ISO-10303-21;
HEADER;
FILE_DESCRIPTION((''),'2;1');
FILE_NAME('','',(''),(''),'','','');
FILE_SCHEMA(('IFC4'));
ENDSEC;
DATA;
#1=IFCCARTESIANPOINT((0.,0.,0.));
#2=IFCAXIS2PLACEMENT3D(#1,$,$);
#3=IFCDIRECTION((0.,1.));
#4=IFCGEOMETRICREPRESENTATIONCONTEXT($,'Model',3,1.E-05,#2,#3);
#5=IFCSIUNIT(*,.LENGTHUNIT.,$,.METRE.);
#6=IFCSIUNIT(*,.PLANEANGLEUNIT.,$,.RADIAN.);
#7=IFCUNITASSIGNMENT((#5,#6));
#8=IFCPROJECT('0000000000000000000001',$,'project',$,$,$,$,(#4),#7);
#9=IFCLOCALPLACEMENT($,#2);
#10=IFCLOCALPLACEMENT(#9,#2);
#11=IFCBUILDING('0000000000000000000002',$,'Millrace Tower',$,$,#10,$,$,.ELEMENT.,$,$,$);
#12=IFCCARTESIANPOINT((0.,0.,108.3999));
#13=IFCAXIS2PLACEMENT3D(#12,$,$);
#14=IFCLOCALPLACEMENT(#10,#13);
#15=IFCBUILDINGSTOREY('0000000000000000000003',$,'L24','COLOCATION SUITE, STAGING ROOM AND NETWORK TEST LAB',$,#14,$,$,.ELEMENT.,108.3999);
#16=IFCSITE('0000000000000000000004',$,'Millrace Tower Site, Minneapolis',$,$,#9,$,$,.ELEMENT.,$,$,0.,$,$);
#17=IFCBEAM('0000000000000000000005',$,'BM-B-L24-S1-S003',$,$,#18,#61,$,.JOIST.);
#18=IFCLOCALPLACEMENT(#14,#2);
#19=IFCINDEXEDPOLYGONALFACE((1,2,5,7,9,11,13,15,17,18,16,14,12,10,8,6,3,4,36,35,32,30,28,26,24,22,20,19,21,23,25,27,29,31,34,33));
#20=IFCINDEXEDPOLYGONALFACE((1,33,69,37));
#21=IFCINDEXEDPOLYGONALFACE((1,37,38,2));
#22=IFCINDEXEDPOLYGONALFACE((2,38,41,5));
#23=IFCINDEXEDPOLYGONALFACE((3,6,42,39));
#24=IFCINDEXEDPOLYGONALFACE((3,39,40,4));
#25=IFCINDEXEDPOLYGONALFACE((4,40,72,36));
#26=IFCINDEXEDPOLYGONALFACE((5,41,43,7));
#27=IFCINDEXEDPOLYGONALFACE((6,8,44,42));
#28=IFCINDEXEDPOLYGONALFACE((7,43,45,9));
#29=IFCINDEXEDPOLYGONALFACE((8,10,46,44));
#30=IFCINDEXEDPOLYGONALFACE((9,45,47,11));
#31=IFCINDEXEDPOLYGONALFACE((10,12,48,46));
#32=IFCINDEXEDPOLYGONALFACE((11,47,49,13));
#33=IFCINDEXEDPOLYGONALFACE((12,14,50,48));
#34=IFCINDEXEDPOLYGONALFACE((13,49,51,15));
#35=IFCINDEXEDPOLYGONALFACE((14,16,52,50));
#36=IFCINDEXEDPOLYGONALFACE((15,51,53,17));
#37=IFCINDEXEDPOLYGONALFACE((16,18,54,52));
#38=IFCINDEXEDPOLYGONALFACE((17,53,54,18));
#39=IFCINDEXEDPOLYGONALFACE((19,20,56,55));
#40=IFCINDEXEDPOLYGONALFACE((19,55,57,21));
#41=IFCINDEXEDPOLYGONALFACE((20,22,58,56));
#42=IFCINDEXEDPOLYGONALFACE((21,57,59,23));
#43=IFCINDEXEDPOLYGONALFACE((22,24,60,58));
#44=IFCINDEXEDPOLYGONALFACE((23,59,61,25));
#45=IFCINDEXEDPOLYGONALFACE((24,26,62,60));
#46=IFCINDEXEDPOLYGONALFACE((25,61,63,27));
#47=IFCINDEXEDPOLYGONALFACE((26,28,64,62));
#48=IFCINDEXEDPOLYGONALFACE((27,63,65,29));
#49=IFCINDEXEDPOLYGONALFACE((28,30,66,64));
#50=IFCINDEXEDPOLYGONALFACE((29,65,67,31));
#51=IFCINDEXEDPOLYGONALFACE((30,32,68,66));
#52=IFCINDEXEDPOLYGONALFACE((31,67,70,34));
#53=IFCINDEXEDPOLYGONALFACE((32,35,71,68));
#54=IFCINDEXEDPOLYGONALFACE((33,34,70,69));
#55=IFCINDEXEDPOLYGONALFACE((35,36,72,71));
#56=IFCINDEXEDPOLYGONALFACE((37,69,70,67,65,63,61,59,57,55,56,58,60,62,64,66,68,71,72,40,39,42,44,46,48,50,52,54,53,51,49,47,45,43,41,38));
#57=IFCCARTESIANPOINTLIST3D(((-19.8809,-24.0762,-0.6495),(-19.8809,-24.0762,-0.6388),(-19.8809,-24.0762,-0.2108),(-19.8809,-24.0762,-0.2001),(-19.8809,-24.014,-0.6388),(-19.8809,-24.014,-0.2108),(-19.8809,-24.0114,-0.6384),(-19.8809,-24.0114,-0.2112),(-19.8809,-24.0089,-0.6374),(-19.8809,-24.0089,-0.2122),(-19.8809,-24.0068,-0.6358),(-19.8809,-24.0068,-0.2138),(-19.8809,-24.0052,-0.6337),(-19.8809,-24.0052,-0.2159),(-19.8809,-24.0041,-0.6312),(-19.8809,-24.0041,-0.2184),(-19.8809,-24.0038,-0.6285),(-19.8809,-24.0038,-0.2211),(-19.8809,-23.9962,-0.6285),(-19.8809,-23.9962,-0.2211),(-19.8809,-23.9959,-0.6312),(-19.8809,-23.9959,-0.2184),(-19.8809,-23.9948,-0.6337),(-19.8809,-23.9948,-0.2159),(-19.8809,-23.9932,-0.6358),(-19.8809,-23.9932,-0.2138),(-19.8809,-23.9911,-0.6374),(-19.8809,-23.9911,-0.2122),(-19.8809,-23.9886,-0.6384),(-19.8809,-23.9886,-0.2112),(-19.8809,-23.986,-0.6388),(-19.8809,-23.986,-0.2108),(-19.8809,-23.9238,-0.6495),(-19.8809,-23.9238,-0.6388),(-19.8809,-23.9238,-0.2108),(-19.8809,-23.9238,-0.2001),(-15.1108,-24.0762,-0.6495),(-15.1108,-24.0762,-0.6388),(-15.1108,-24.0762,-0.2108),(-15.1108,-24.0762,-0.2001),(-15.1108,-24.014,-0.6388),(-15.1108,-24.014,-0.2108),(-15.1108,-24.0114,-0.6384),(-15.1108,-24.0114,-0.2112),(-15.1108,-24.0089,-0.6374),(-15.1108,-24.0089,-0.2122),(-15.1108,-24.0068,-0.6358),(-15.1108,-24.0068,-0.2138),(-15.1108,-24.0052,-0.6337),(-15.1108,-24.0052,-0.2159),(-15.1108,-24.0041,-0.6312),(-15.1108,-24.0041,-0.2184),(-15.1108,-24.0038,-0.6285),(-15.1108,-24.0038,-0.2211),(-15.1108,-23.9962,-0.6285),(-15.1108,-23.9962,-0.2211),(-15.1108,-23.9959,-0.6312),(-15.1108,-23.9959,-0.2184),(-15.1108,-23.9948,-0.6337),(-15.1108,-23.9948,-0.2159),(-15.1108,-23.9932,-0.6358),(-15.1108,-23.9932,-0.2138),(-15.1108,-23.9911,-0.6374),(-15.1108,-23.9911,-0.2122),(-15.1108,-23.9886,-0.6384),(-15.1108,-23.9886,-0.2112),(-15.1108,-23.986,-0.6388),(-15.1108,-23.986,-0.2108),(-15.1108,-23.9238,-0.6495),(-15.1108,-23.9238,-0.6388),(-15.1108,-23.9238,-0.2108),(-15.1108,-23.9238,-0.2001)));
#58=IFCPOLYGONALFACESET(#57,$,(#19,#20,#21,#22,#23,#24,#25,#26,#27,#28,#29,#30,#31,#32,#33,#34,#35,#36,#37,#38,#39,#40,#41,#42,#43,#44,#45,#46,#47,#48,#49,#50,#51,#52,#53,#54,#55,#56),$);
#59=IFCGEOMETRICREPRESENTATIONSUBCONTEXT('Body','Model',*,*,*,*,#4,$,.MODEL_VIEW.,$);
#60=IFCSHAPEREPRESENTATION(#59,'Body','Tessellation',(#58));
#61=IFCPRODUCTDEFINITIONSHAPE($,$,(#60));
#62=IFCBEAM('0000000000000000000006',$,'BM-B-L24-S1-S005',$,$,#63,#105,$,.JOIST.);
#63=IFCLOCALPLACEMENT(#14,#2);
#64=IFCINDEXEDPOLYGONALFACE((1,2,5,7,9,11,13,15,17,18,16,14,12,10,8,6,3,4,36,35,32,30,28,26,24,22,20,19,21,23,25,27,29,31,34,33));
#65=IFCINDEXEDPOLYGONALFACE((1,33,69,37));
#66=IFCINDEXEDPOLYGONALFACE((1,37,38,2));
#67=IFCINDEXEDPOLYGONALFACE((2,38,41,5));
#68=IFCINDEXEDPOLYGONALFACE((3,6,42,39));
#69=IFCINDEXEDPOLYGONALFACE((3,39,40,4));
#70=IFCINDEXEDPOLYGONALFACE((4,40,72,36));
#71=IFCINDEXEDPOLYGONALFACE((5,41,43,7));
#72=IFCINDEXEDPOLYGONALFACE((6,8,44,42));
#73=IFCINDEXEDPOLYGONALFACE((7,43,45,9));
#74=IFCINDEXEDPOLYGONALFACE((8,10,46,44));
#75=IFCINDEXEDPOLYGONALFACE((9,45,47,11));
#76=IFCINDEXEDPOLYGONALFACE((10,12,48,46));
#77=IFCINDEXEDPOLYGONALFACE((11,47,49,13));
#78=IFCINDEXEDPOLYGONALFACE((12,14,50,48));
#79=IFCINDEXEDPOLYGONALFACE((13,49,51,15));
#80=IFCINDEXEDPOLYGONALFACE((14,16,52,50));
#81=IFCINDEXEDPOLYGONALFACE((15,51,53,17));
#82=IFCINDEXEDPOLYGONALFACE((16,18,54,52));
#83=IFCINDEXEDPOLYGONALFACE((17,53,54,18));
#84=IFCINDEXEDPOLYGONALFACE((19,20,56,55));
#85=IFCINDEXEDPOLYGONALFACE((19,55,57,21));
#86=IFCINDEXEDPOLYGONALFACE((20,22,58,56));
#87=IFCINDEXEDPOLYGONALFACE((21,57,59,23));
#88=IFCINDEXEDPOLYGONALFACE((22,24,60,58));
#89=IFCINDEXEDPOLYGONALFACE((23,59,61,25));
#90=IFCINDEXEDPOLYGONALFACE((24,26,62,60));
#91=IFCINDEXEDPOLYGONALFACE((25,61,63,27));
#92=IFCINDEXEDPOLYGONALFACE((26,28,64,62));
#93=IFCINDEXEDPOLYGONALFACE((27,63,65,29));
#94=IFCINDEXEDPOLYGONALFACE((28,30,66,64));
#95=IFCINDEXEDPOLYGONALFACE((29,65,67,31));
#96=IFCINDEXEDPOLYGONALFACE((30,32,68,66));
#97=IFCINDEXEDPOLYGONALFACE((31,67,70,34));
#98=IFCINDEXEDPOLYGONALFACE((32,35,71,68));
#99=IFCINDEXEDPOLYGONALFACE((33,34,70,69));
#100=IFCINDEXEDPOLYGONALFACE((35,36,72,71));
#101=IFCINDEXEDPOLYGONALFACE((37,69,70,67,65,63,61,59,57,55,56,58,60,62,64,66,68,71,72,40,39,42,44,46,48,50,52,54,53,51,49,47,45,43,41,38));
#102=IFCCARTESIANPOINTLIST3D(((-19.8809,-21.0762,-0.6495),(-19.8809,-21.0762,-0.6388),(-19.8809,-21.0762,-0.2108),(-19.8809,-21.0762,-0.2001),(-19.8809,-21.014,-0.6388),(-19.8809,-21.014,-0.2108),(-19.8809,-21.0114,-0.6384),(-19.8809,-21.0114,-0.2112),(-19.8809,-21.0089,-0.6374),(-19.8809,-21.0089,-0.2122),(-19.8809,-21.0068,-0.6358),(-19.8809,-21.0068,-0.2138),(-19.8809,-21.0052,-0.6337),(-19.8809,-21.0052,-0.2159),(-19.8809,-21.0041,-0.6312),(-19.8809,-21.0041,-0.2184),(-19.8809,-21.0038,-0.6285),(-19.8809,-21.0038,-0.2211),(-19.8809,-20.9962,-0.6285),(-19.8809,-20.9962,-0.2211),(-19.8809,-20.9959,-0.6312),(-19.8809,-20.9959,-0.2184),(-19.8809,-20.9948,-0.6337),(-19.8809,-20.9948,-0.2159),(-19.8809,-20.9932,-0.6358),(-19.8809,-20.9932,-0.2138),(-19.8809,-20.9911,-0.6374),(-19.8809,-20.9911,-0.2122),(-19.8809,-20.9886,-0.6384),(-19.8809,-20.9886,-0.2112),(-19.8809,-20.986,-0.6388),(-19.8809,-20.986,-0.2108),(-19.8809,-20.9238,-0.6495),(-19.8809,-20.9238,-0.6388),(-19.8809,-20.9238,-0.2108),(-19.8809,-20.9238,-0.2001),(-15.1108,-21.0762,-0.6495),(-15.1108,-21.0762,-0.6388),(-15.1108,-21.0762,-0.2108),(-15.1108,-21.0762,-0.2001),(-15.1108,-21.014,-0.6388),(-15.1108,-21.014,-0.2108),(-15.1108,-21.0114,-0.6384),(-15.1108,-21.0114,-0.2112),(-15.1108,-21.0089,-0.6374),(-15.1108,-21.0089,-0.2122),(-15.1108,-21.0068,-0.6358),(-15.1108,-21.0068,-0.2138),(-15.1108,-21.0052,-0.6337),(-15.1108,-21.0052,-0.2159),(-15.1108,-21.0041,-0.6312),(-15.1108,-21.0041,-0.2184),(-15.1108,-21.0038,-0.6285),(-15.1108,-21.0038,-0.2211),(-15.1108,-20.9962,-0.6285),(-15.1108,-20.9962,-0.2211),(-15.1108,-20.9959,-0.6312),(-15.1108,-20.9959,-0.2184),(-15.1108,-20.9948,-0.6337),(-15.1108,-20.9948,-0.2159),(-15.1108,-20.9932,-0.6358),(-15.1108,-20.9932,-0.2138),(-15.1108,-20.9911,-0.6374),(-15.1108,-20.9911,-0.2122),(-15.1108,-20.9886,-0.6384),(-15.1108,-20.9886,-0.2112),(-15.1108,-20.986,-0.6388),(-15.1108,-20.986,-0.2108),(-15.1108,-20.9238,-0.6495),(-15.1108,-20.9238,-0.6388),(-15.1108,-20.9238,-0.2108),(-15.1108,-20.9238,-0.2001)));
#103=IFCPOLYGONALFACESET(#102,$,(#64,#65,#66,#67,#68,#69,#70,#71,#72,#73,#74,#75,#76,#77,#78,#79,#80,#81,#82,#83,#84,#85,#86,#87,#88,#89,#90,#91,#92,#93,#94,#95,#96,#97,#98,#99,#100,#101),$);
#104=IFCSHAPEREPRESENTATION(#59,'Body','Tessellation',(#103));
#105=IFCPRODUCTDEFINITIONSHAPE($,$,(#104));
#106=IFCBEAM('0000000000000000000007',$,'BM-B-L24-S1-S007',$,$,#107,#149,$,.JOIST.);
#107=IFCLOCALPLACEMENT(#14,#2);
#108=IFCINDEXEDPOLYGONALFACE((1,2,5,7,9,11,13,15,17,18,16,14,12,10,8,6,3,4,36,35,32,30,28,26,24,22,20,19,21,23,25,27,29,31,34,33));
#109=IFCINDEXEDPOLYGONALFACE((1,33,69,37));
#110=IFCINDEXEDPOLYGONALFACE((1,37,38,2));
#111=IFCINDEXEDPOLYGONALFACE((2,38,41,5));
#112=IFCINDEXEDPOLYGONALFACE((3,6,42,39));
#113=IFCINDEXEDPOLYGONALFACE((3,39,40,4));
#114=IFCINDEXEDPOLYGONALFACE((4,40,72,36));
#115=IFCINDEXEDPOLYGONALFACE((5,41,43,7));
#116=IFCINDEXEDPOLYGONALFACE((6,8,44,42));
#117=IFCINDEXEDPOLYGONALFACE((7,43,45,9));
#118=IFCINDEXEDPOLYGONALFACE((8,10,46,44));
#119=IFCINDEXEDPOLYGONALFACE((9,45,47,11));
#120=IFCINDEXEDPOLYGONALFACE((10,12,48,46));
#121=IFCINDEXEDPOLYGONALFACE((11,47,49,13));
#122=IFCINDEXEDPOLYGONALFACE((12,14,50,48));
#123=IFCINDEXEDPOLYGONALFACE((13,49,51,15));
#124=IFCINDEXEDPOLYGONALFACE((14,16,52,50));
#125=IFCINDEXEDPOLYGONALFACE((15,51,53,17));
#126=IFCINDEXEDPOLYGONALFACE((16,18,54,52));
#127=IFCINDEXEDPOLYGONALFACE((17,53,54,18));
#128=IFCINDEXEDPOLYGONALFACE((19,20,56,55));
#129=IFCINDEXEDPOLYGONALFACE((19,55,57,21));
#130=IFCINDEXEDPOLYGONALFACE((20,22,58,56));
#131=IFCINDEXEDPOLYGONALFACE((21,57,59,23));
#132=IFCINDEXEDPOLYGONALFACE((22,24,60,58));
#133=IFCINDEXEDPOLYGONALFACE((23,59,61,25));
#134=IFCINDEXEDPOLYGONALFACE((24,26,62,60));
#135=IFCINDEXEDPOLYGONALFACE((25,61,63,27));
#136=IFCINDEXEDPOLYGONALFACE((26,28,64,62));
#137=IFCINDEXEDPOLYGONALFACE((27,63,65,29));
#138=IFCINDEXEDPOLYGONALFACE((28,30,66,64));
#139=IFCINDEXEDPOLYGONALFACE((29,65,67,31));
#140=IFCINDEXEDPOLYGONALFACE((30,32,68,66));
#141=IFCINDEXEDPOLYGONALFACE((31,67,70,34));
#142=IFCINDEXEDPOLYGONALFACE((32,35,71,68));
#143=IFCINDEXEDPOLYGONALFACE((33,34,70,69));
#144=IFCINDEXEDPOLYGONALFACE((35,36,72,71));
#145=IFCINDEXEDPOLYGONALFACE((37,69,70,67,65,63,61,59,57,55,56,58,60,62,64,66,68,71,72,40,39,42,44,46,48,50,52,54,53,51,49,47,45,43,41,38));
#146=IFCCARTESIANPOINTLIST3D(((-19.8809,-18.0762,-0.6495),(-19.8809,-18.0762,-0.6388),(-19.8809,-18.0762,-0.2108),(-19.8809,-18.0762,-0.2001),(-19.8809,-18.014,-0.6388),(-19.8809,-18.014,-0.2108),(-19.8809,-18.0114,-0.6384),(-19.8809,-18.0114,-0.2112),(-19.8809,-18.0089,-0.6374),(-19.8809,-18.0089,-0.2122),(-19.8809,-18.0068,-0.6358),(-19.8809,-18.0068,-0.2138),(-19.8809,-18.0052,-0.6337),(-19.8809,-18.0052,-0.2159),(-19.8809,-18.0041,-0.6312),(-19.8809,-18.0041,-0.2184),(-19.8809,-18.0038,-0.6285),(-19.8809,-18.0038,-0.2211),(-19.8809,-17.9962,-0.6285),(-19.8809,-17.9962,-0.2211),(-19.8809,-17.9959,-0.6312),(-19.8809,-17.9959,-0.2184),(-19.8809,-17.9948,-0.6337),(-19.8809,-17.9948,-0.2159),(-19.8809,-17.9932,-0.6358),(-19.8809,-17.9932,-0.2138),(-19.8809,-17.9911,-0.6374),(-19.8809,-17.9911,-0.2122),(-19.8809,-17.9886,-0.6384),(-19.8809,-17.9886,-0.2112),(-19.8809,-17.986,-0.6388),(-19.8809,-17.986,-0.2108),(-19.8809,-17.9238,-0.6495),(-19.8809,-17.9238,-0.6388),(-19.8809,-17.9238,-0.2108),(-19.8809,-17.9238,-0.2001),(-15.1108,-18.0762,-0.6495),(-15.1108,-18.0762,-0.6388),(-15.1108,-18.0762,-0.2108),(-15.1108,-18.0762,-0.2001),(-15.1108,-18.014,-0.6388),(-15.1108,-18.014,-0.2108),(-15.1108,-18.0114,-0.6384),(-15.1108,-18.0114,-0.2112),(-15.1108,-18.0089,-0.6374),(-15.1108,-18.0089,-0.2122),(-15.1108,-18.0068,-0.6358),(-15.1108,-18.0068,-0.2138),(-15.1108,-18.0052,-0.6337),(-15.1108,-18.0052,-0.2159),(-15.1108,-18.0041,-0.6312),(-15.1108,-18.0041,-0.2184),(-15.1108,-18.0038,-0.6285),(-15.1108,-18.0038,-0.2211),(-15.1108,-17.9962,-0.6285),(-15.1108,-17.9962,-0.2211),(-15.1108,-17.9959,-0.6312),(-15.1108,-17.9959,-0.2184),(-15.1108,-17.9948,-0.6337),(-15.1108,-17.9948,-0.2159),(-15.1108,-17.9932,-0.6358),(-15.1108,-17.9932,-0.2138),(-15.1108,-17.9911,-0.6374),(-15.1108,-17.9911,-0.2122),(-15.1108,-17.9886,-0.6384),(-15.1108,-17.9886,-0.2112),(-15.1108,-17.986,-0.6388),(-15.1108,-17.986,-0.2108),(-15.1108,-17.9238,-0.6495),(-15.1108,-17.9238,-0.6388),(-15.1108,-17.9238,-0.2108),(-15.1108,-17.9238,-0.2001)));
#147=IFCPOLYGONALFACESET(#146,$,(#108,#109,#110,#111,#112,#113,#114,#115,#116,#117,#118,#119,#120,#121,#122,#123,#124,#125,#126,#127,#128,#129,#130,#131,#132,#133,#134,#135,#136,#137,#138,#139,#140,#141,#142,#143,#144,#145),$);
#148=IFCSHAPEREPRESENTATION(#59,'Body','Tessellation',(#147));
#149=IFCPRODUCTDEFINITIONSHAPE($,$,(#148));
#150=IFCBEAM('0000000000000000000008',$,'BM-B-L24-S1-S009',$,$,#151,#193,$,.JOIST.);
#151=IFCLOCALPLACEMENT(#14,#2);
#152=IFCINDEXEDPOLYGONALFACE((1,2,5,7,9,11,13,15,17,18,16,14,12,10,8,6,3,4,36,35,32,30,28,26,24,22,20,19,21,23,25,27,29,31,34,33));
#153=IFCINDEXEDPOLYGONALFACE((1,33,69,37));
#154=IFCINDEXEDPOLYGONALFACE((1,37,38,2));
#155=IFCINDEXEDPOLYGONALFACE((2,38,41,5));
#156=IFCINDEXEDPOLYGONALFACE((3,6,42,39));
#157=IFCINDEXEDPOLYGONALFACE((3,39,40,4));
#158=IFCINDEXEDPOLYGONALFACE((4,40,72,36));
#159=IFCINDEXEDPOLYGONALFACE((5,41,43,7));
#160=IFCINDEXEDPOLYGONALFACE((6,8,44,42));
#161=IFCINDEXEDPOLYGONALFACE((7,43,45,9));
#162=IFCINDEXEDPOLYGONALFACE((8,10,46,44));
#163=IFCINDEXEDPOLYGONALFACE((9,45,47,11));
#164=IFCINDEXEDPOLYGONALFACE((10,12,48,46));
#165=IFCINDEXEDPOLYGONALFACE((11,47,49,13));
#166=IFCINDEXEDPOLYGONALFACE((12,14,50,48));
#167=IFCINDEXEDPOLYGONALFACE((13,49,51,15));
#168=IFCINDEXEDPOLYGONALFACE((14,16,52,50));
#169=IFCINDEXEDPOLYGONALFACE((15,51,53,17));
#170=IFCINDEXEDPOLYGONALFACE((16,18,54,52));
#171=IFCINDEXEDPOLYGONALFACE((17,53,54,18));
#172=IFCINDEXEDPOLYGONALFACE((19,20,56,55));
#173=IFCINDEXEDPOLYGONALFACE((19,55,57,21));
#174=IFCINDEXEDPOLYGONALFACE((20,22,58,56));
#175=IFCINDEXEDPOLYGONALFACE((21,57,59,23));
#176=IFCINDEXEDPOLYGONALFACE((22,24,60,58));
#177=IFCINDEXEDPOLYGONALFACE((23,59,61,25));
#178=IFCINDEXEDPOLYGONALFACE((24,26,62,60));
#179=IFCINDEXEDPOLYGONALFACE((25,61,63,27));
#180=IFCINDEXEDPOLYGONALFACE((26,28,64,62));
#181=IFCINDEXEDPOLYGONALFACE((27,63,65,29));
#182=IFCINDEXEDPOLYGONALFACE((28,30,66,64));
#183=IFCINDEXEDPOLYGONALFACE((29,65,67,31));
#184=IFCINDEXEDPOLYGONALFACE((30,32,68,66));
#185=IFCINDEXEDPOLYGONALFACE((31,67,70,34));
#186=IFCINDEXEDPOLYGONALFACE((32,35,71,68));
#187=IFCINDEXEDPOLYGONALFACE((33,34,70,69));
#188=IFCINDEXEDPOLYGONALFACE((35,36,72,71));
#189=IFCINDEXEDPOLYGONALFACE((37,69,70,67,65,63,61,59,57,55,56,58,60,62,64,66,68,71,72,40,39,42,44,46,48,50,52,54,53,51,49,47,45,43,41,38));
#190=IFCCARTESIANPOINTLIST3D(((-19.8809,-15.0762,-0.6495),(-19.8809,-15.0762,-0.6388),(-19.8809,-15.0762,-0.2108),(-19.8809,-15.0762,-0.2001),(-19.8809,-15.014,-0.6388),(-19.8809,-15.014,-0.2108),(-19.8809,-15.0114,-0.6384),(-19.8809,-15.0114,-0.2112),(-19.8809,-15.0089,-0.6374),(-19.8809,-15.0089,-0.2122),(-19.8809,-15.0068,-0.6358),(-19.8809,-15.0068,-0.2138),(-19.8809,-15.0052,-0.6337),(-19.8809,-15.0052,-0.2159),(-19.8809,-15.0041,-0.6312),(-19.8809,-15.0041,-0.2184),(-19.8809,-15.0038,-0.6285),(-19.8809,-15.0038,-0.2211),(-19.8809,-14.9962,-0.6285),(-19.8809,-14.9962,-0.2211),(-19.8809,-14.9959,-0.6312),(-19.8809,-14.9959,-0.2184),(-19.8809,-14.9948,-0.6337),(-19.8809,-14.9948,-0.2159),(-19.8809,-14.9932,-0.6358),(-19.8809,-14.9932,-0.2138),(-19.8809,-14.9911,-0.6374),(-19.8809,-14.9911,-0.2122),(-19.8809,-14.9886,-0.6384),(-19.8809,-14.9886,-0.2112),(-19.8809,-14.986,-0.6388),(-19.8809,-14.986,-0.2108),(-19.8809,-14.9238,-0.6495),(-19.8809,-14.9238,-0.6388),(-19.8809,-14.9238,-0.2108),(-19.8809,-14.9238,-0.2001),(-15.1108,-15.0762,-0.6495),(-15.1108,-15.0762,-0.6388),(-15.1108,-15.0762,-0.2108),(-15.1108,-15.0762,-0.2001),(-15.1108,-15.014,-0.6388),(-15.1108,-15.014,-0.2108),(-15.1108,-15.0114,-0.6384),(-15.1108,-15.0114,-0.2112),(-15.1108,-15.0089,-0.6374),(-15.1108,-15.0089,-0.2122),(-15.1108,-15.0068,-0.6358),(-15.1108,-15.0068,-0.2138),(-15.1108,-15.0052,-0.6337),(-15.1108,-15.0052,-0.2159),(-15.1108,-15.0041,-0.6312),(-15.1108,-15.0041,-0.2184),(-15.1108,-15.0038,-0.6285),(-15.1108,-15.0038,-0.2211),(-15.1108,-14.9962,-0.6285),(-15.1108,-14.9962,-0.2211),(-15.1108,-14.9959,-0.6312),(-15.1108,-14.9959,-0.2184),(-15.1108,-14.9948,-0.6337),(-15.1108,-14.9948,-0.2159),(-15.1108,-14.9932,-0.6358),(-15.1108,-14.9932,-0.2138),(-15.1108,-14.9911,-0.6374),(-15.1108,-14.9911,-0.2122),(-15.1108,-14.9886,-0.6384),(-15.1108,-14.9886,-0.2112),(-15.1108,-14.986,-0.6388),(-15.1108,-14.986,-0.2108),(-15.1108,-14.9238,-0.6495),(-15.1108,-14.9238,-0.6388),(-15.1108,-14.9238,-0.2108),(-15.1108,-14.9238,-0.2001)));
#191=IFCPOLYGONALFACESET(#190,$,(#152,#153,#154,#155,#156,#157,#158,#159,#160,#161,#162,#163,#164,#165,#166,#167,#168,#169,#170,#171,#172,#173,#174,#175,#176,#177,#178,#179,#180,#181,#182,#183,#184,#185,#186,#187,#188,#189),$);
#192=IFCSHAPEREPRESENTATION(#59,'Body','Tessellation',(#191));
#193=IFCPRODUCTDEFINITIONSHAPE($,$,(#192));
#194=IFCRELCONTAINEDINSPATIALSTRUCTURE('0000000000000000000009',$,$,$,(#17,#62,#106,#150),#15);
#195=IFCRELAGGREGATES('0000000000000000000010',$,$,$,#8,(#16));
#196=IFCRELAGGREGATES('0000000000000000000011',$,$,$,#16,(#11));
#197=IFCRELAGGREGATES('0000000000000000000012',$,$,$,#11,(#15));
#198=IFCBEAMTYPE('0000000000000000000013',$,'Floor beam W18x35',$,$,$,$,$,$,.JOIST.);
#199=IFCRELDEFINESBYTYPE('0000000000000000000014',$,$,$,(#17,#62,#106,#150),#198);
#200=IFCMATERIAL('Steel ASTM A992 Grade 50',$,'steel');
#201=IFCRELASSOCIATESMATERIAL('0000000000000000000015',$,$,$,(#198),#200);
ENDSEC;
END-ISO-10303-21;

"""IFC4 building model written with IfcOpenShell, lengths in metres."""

from ifc_helpers import new_model, si_unit, direction, frame, origin, origin_2d, place, context, subcontext, project, spatial, i_section, extrude, material, material_profile, profile_set, type_object, element, save


model = new_model("IFC4")

# Units and contexts
model_context = context("Model", 3, precision=1e-05, world=origin(), true_north=direction((0.0, 1.0)))
body_context = subcontext(model_context, "Body", "Model", "MODEL_VIEW")
ifc_project = project(units=[si_unit("LENGTHUNIT", "METRE"), si_unit("PLANEANGLEUNIT", "RADIAN")], contexts=[model_context])

# Site, building, storey
site_placement = place(None, origin())
site = spatial("IfcSite", under=ifc_project, at=site_placement, Name="Millrace Tower Site, Minneapolis", CompositionType="ELEMENT", RefElevation=0.0)
building_placement = place(site_placement, origin())
building = spatial("IfcBuilding", under=site, at=building_placement, Name="Millrace Tower", CompositionType="ELEMENT")
storey_placement = place(building_placement, frame((0.0, 0.0, 108.3999)))
storey = spatial("IfcBuildingStorey", under=building, at=storey_placement, Name="L24", Description="COLOCATION SUITE, STAGING ROOM AND NETWORK TEST LAB", CompositionType="ELEMENT", Elevation=108.3999)

# Beams
ifc_material_1 = material(Name="Steel ASTM A992 Grade 50", Category="steel")
ifc_material_profile_1 = material_profile(ifc_material_1, i_section(OverallWidth=0.1523, OverallDepth=0.4495, WebThickness=0.0076, FlangeThickness=0.0107, FilletRadius=0.0103, at=origin_2d()))
ifc_profile_set_1 = profile_set([ifc_material_profile_1], Name="Steel ASTM A992 Grade 50")
beam_type_1 = type_object("IfcBeamType", Name="Floor beam W18x35", PredefinedType="JOIST", material=ifc_profile_set_1)
for number, where, z_axis, x_axis, name in (
    (1, (-19.8809, -24.0, -0.4248), (1.0, 0.0, 0.0), (0.0, 1.0, 0.0), "BM-B-L24-S1-S003"),
    (2, (-19.8809, -21.0, -0.4248), (1.0, 0.0, 0.0), (0.0, 1.0, 0.0), "BM-B-L24-S1-S005"),
    (3, (-19.8809, -18.0, -0.4248), (1.0, 0.0, 0.0), (0.0, 1.0, 0.0), "BM-B-L24-S1-S007"),
    (4, (-19.8809, -15.0, -0.4248), (1.0, 0.0, 0.0), (0.0, 1.0, 0.0), "BM-B-L24-S1-S009"),
):
    element("IfcBeam", number, at=place(storey_placement, frame(where, z_axis=z_axis, x_axis=x_axis)), inside=storey, type_object=beam_type_1, Name=name, PredefinedType="JOIST", context=body_context, shape_type="SweptSolid", body=[
        extrude(i_section(OverallWidth=0.1523, OverallDepth=0.4495, WebThickness=0.0076, FlangeThickness=0.0107, FilletRadius=0.0103, at=origin_2d()), origin(), (0.0, 0.0, 1.0), 4.77),
    ])

save(model, "model.ifc")
